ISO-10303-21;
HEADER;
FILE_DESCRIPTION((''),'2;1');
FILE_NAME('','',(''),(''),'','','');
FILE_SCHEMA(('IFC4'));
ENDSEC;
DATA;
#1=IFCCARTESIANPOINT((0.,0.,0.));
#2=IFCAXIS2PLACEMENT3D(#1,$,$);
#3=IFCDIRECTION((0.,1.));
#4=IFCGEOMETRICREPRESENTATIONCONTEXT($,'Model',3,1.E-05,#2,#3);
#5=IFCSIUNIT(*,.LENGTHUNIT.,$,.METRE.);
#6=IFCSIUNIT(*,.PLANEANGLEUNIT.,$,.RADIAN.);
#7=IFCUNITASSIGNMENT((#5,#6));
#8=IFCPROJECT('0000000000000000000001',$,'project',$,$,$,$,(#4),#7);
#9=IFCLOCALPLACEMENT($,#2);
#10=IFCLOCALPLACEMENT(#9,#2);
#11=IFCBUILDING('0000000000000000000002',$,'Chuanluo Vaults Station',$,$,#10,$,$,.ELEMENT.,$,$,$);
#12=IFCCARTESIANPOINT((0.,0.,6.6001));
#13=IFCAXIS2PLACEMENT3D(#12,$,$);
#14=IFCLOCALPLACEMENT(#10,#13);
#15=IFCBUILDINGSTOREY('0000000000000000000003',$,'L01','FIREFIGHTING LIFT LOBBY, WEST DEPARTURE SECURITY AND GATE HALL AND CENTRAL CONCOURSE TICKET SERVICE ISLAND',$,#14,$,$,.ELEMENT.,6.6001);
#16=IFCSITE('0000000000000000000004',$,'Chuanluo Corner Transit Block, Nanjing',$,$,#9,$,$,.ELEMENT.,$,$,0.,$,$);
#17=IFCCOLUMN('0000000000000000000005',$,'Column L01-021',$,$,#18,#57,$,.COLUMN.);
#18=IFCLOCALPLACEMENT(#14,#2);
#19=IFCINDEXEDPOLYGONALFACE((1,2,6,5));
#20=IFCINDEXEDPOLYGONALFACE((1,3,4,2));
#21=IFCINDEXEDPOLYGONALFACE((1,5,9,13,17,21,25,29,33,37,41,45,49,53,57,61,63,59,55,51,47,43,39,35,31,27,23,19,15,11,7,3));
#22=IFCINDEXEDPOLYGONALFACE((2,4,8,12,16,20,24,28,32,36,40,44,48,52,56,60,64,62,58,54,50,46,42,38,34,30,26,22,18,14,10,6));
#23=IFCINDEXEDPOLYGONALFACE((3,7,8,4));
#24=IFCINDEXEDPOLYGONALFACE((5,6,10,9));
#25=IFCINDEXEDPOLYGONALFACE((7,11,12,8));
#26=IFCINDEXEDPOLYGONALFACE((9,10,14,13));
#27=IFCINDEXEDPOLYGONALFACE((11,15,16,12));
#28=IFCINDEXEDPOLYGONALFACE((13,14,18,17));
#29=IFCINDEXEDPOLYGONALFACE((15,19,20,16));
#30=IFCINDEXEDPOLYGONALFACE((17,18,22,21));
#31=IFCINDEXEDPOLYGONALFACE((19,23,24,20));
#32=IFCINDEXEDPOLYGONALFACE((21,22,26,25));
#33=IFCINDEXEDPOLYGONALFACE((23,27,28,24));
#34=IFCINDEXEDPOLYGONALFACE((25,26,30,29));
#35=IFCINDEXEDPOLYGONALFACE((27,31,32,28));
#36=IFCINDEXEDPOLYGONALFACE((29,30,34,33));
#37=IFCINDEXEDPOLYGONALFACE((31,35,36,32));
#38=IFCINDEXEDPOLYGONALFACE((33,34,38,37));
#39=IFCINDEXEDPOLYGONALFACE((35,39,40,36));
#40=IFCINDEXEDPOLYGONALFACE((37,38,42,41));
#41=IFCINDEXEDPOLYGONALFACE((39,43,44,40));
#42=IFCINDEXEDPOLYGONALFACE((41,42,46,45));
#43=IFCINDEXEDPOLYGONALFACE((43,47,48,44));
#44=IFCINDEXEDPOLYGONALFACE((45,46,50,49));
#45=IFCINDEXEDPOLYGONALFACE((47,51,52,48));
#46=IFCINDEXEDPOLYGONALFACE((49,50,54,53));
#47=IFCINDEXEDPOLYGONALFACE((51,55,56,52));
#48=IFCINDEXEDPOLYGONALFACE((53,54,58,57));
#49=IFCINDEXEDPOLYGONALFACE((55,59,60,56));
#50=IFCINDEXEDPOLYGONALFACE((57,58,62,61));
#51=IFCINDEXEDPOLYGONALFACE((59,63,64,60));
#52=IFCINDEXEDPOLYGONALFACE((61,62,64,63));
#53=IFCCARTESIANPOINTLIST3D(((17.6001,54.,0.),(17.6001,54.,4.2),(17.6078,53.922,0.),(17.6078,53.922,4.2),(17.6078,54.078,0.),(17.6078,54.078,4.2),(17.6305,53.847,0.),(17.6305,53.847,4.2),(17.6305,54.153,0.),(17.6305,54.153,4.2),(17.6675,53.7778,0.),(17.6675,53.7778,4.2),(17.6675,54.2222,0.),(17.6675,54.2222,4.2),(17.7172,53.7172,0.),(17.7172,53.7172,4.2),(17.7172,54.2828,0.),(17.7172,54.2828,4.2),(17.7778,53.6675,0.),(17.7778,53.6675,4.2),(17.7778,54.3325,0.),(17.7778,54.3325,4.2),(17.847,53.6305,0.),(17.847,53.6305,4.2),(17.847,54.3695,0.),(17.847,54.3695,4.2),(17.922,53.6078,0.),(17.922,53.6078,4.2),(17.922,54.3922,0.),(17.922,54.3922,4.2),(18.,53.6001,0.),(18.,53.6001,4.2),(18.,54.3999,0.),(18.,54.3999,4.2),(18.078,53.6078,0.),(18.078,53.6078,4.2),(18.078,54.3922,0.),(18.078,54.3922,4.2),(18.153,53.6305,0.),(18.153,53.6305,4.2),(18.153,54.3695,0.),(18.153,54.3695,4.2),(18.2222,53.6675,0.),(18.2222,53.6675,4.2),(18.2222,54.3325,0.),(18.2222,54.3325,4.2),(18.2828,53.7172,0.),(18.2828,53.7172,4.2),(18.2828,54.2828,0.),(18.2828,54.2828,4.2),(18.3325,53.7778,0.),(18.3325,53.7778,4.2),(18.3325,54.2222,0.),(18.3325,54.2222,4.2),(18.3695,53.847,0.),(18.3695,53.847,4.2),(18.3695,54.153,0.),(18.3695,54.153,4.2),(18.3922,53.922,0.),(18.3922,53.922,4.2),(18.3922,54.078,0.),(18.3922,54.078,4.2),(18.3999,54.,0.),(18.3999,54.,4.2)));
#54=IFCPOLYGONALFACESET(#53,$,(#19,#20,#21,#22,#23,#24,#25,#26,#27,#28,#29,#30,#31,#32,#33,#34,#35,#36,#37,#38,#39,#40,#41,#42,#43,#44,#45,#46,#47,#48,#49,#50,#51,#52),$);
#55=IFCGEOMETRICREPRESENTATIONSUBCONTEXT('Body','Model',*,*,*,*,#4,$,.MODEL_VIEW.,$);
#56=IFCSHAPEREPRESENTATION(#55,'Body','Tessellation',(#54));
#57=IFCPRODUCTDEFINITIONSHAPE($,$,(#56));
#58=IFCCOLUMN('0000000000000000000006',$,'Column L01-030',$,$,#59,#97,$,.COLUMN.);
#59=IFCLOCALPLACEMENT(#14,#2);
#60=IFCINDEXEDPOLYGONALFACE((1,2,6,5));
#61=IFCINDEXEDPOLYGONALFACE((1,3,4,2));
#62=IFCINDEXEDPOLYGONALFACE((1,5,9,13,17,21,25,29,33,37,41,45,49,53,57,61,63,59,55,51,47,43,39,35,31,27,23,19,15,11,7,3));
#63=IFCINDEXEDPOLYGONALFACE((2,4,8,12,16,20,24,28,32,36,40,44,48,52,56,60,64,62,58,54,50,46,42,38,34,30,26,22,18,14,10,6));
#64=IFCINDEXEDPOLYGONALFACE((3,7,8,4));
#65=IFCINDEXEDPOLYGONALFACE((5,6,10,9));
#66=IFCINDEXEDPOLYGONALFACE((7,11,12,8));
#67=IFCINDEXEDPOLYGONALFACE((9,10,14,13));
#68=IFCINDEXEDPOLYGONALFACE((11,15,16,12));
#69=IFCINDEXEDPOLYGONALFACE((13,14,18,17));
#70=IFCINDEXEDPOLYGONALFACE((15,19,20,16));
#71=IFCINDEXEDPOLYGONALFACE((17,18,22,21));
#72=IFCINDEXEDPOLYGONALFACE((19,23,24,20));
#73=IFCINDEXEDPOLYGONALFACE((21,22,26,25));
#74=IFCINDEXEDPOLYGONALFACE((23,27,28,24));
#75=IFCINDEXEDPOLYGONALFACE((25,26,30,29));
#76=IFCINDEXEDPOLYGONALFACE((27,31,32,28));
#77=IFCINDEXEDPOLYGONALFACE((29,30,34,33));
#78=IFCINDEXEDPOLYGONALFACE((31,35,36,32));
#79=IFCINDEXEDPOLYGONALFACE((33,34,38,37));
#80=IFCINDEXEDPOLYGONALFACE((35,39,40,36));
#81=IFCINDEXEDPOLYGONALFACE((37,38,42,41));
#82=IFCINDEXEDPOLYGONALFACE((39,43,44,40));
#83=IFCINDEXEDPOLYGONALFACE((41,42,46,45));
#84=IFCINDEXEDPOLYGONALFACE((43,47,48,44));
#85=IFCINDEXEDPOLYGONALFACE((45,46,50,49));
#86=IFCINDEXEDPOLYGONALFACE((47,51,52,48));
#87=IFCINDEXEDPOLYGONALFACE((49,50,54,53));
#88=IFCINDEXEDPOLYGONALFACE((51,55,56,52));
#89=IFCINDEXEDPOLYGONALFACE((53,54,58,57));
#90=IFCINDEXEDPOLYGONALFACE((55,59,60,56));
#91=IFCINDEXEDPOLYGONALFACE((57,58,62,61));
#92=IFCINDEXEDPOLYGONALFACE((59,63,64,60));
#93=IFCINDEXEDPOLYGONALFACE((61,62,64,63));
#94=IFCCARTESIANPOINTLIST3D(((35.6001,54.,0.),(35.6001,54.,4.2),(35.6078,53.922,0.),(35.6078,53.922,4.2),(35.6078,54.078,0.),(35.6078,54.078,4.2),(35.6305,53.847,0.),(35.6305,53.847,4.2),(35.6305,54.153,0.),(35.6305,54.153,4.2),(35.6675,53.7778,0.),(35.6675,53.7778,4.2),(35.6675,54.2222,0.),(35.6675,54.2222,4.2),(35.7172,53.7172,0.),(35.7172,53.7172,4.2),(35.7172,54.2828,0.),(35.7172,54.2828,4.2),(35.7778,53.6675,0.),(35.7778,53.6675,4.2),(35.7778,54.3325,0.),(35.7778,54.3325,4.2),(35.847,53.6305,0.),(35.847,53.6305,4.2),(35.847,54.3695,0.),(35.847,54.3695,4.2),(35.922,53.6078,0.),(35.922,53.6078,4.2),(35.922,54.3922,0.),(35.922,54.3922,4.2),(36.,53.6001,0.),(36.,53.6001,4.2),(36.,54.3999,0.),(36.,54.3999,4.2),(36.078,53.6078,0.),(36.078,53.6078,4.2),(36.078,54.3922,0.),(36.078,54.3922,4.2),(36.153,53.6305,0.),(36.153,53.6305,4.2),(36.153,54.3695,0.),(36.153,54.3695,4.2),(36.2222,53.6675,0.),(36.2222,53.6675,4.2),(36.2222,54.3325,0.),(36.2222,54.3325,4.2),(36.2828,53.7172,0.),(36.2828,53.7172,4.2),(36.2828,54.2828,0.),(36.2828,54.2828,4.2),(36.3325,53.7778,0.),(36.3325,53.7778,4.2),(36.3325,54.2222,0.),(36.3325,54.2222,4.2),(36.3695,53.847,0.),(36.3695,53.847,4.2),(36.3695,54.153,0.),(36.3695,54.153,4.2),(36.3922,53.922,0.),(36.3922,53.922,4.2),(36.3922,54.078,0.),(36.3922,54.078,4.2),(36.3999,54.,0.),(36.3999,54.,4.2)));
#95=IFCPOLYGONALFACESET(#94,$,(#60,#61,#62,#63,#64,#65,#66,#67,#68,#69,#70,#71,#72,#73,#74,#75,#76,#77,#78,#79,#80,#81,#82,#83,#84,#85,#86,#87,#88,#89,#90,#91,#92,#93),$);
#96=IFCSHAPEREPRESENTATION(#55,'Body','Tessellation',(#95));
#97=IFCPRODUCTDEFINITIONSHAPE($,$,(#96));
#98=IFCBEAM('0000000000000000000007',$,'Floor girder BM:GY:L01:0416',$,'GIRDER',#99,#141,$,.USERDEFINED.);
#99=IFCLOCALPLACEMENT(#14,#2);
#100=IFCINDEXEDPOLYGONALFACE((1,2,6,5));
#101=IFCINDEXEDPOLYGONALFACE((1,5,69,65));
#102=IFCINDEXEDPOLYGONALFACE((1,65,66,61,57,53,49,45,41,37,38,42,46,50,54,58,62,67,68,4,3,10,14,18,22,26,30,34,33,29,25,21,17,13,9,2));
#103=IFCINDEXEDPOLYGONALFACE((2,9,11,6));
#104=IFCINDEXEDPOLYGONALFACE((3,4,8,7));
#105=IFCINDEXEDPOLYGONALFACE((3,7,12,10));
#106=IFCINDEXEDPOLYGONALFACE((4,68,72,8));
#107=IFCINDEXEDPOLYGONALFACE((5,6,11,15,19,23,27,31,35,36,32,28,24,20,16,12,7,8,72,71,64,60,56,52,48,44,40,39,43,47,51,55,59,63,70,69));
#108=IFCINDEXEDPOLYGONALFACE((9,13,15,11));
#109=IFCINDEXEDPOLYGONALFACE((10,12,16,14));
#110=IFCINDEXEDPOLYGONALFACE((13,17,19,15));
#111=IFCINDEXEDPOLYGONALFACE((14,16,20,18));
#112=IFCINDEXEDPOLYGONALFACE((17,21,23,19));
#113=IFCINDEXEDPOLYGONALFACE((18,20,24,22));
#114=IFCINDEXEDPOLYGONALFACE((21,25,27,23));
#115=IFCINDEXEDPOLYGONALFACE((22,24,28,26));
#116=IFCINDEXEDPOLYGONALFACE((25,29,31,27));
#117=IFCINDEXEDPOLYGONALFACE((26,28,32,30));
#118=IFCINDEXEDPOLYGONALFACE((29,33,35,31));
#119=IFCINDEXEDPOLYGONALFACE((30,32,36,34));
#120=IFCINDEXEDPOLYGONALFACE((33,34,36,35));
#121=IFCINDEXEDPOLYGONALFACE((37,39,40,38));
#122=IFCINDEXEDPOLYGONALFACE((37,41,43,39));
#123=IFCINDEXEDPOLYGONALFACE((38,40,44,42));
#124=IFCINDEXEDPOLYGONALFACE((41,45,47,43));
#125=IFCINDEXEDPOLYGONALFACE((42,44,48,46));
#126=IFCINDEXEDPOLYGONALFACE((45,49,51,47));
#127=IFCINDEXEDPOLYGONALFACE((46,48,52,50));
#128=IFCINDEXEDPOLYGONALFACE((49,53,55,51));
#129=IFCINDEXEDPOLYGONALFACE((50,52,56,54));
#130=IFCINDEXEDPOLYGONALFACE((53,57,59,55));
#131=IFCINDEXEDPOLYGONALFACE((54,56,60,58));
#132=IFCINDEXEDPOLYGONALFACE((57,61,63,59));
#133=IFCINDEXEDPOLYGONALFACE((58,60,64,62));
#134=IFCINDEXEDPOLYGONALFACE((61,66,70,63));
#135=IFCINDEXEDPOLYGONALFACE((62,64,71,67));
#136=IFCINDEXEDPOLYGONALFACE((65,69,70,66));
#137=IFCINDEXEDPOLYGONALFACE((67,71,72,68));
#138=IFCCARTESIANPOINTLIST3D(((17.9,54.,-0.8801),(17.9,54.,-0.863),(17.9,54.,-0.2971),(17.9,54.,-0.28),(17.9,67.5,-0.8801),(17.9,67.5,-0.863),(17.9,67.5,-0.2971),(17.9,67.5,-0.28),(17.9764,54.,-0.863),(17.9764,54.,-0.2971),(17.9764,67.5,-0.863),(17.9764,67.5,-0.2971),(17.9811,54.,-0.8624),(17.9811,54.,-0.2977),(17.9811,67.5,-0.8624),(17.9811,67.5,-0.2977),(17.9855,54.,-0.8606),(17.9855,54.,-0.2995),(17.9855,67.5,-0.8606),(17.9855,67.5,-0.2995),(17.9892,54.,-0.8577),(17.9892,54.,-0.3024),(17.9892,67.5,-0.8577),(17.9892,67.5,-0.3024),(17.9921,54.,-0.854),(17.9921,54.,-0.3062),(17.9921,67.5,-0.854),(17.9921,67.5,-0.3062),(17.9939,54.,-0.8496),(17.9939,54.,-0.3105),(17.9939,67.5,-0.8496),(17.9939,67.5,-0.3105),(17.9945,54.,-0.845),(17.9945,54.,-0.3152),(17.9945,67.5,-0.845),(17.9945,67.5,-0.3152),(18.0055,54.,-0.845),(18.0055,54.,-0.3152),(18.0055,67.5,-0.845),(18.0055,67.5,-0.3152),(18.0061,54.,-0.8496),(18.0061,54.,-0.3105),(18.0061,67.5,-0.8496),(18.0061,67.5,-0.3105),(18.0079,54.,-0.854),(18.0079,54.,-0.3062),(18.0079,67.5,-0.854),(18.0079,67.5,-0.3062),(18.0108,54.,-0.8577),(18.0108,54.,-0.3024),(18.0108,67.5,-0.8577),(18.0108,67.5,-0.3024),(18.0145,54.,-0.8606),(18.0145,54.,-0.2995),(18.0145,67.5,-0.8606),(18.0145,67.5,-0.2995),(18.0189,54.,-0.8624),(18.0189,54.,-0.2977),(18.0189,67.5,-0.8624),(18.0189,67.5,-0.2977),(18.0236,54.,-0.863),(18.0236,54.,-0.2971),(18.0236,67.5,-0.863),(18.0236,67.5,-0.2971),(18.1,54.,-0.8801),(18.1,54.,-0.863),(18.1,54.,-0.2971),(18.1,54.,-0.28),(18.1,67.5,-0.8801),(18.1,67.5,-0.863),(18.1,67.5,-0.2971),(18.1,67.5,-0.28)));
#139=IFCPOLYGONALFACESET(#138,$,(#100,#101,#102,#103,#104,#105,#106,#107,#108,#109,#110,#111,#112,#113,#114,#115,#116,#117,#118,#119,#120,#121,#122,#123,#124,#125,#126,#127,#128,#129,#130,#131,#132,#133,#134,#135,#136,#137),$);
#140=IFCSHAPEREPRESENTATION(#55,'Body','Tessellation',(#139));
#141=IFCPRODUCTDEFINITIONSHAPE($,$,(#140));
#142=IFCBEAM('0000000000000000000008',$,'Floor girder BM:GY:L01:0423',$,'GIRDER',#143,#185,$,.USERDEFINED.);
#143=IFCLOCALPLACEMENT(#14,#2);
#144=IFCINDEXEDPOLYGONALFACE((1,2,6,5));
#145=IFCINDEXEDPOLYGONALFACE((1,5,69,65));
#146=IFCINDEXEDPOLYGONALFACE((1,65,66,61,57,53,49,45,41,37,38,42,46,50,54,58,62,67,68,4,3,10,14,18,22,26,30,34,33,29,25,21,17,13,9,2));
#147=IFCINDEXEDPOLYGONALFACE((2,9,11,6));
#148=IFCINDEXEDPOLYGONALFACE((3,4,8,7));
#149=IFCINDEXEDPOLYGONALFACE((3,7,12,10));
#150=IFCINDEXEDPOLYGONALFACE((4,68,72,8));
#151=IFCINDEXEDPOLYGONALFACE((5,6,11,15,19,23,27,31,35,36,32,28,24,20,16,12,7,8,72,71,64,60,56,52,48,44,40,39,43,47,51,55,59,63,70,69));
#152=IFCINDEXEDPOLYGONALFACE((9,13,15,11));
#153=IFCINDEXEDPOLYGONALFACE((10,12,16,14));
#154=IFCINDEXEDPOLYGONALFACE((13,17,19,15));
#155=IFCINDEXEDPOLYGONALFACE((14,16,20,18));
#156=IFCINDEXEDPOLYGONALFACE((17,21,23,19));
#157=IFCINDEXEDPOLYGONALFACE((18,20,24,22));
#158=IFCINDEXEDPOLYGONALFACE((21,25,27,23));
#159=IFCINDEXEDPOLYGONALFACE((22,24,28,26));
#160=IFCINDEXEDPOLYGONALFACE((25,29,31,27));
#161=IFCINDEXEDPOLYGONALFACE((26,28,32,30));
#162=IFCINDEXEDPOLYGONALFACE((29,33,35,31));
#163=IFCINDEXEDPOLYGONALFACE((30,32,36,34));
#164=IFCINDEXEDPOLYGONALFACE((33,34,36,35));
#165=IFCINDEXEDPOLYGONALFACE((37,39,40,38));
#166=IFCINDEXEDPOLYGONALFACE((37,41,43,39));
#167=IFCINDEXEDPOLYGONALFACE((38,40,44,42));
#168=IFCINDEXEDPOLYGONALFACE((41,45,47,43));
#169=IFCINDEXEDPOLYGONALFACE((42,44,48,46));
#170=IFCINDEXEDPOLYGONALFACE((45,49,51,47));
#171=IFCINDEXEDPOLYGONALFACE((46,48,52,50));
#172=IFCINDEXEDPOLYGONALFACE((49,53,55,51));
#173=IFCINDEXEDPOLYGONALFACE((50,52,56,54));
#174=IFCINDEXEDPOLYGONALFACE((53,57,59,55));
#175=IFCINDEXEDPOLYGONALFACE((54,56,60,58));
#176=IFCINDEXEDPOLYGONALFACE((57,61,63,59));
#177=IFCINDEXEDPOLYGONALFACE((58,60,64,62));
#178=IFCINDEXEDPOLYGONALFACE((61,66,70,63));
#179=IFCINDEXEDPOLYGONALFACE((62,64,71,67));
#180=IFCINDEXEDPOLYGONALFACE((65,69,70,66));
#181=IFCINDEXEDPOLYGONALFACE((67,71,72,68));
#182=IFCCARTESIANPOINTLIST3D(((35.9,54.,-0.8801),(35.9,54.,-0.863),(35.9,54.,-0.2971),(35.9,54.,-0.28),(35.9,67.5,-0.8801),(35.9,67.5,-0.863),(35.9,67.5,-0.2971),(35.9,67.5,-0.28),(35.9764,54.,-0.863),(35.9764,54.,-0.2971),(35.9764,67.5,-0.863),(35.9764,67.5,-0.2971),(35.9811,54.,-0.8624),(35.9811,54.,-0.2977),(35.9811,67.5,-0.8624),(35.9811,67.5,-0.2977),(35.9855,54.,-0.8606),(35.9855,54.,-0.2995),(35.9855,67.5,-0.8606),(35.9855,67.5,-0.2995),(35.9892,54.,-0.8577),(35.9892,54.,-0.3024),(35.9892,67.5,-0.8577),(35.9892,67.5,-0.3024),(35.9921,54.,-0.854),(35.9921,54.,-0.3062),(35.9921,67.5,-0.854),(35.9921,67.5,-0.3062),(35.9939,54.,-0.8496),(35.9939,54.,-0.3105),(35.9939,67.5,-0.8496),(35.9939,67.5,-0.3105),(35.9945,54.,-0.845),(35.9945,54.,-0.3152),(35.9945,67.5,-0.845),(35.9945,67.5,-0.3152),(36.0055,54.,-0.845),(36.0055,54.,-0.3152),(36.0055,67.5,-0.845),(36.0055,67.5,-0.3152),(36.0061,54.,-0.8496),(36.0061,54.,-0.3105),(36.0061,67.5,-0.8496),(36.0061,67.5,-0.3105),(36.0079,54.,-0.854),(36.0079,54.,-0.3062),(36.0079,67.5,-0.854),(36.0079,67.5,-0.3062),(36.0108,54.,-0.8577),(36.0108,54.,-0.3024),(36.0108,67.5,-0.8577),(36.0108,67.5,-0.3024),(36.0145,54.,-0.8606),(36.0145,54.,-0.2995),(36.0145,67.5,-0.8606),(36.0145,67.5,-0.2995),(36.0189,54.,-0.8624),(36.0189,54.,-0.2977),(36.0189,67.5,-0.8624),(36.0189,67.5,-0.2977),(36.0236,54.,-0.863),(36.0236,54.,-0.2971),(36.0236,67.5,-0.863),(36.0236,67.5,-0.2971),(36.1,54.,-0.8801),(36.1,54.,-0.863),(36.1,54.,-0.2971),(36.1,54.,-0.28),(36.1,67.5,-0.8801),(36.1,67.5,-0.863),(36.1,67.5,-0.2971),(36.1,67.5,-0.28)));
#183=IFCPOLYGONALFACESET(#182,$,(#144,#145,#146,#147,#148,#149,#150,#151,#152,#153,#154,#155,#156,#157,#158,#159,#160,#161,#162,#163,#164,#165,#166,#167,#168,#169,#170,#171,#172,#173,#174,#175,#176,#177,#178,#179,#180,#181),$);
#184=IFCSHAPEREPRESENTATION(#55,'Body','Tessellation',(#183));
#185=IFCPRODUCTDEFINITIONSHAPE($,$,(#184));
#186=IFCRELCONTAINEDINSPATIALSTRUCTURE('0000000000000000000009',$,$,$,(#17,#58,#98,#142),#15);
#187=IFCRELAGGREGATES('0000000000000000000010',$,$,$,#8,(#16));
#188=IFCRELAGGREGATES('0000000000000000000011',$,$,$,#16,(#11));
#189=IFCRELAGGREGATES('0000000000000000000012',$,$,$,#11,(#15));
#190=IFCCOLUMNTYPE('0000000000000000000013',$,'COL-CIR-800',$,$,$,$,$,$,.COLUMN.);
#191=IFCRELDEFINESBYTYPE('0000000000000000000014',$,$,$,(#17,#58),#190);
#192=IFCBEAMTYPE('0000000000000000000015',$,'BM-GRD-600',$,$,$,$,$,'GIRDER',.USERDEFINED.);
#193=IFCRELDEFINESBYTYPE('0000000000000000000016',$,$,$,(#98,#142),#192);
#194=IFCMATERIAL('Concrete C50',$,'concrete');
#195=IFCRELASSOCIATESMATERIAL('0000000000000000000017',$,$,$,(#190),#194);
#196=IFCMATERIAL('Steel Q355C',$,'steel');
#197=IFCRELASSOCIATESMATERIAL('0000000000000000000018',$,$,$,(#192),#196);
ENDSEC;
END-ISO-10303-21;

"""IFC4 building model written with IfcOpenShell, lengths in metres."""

from ifc_helpers import new_model, si_unit, direction, frame, origin, origin_2d, place, context, subcontext, project, spatial, circle, i_section, extrude, material, material_profile, profile_set, type_object, element, save


model = new_model("IFC4")

# Units and contexts
model_context = context("Model", 3, precision=1e-05, world=origin(), true_north=direction((0.0, 1.0)))
body_context = subcontext(model_context, "Body", "Model", "MODEL_VIEW")
ifc_project = project(units=[si_unit("LENGTHUNIT", "METRE"), si_unit("PLANEANGLEUNIT", "RADIAN")], contexts=[model_context])

# Site, building, storey
site_placement = place(None, origin())
site = spatial("IfcSite", under=ifc_project, at=site_placement, Name="Chuanluo Corner Transit Block, Nanjing", CompositionType="ELEMENT", RefElevation=0.0)
building_placement = place(site_placement, origin())
building = spatial("IfcBuilding", under=site, at=building_placement, Name="Chuanluo Vaults Station", CompositionType="ELEMENT")
storey_placement = place(building_placement, frame((0.0, 0.0, 6.6001)))
storey = spatial("IfcBuildingStorey", under=building, at=storey_placement, Name="L01", Description="FIREFIGHTING LIFT LOBBY, WEST DEPARTURE SECURITY AND GATE HALL AND CENTRAL CONCOURSE TICKET SERVICE ISLAND", CompositionType="ELEMENT", Elevation=6.6001)

# Columns
ifc_material_1 = material(Name="Concrete C50", Category="concrete")
ifc_material_profile_1 = material_profile(ifc_material_1, circle(Radius=0.3999, at=origin_2d()))
ifc_profile_set_1 = profile_set([ifc_material_profile_1], Name="Concrete C50")
column_type = type_object("IfcColumnType", Name="COL-CIR-800", PredefinedType="COLUMN", material=ifc_profile_set_1)
for number, where, z_axis, x_axis, name in (
    (1, (18.0, 54.0, 0.0), (0.0, 0.0, 1.0), (1.0, 0.0, 0.0), "Column L01-021"),
    (2, (36.0, 54.0, 0.0), (0.0, 0.0, 1.0), (1.0, 0.0, 0.0), "Column L01-030"),
):
    element("IfcColumn", number, at=place(storey_placement, frame(where, z_axis=z_axis, x_axis=x_axis)), inside=storey, type_object=column_type, Name=name, PredefinedType="COLUMN", context=body_context, shape_type="SweptSolid", body=[
        extrude(circle(Radius=0.3999, at=origin_2d()), origin(), (0.0, 0.0, 1.0), 4.2),
    ])

# Beams
ifc_material_2 = material(Name="Steel Q355C", Category="steel")
ifc_material_profile_2 = material_profile(ifc_material_2, i_section(OverallWidth=0.2, OverallDepth=0.6001, WebThickness=0.011, FlangeThickness=0.0171, FilletRadius=0.0181, at=origin_2d()))
ifc_profile_set_2 = profile_set([ifc_material_profile_2], Name="Steel Q355C")
beam_type_1 = type_object("IfcBeamType", Name="BM-GRD-600", ElementType="GIRDER", PredefinedType="USERDEFINED", material=ifc_profile_set_2)
for number, where, z_axis, x_axis, name in (
    (3, (18.0, 54.0, -0.5801), (0.0, 1.0, 0.0), (-1.0, 0.0, 0.0), "Floor girder BM:GY:L01:0416"),
    (4, (36.0, 54.0, -0.5801), (0.0, 1.0, 0.0), (-1.0, 0.0, 0.0), "Floor girder BM:GY:L01:0423"),
):
    element("IfcBeam", number, at=place(storey_placement, frame(where, z_axis=z_axis, x_axis=x_axis)), inside=storey, type_object=beam_type_1, Name=name, ObjectType="GIRDER", PredefinedType="USERDEFINED", context=body_context, shape_type="SweptSolid", body=[
        extrude(i_section(OverallWidth=0.2, OverallDepth=0.6001, WebThickness=0.011, FlangeThickness=0.0171, FilletRadius=0.0181, at=origin_2d()), origin(), (0.0, 0.0, 1.0), 13.5),
    ])

save(model, "model.ifc")
